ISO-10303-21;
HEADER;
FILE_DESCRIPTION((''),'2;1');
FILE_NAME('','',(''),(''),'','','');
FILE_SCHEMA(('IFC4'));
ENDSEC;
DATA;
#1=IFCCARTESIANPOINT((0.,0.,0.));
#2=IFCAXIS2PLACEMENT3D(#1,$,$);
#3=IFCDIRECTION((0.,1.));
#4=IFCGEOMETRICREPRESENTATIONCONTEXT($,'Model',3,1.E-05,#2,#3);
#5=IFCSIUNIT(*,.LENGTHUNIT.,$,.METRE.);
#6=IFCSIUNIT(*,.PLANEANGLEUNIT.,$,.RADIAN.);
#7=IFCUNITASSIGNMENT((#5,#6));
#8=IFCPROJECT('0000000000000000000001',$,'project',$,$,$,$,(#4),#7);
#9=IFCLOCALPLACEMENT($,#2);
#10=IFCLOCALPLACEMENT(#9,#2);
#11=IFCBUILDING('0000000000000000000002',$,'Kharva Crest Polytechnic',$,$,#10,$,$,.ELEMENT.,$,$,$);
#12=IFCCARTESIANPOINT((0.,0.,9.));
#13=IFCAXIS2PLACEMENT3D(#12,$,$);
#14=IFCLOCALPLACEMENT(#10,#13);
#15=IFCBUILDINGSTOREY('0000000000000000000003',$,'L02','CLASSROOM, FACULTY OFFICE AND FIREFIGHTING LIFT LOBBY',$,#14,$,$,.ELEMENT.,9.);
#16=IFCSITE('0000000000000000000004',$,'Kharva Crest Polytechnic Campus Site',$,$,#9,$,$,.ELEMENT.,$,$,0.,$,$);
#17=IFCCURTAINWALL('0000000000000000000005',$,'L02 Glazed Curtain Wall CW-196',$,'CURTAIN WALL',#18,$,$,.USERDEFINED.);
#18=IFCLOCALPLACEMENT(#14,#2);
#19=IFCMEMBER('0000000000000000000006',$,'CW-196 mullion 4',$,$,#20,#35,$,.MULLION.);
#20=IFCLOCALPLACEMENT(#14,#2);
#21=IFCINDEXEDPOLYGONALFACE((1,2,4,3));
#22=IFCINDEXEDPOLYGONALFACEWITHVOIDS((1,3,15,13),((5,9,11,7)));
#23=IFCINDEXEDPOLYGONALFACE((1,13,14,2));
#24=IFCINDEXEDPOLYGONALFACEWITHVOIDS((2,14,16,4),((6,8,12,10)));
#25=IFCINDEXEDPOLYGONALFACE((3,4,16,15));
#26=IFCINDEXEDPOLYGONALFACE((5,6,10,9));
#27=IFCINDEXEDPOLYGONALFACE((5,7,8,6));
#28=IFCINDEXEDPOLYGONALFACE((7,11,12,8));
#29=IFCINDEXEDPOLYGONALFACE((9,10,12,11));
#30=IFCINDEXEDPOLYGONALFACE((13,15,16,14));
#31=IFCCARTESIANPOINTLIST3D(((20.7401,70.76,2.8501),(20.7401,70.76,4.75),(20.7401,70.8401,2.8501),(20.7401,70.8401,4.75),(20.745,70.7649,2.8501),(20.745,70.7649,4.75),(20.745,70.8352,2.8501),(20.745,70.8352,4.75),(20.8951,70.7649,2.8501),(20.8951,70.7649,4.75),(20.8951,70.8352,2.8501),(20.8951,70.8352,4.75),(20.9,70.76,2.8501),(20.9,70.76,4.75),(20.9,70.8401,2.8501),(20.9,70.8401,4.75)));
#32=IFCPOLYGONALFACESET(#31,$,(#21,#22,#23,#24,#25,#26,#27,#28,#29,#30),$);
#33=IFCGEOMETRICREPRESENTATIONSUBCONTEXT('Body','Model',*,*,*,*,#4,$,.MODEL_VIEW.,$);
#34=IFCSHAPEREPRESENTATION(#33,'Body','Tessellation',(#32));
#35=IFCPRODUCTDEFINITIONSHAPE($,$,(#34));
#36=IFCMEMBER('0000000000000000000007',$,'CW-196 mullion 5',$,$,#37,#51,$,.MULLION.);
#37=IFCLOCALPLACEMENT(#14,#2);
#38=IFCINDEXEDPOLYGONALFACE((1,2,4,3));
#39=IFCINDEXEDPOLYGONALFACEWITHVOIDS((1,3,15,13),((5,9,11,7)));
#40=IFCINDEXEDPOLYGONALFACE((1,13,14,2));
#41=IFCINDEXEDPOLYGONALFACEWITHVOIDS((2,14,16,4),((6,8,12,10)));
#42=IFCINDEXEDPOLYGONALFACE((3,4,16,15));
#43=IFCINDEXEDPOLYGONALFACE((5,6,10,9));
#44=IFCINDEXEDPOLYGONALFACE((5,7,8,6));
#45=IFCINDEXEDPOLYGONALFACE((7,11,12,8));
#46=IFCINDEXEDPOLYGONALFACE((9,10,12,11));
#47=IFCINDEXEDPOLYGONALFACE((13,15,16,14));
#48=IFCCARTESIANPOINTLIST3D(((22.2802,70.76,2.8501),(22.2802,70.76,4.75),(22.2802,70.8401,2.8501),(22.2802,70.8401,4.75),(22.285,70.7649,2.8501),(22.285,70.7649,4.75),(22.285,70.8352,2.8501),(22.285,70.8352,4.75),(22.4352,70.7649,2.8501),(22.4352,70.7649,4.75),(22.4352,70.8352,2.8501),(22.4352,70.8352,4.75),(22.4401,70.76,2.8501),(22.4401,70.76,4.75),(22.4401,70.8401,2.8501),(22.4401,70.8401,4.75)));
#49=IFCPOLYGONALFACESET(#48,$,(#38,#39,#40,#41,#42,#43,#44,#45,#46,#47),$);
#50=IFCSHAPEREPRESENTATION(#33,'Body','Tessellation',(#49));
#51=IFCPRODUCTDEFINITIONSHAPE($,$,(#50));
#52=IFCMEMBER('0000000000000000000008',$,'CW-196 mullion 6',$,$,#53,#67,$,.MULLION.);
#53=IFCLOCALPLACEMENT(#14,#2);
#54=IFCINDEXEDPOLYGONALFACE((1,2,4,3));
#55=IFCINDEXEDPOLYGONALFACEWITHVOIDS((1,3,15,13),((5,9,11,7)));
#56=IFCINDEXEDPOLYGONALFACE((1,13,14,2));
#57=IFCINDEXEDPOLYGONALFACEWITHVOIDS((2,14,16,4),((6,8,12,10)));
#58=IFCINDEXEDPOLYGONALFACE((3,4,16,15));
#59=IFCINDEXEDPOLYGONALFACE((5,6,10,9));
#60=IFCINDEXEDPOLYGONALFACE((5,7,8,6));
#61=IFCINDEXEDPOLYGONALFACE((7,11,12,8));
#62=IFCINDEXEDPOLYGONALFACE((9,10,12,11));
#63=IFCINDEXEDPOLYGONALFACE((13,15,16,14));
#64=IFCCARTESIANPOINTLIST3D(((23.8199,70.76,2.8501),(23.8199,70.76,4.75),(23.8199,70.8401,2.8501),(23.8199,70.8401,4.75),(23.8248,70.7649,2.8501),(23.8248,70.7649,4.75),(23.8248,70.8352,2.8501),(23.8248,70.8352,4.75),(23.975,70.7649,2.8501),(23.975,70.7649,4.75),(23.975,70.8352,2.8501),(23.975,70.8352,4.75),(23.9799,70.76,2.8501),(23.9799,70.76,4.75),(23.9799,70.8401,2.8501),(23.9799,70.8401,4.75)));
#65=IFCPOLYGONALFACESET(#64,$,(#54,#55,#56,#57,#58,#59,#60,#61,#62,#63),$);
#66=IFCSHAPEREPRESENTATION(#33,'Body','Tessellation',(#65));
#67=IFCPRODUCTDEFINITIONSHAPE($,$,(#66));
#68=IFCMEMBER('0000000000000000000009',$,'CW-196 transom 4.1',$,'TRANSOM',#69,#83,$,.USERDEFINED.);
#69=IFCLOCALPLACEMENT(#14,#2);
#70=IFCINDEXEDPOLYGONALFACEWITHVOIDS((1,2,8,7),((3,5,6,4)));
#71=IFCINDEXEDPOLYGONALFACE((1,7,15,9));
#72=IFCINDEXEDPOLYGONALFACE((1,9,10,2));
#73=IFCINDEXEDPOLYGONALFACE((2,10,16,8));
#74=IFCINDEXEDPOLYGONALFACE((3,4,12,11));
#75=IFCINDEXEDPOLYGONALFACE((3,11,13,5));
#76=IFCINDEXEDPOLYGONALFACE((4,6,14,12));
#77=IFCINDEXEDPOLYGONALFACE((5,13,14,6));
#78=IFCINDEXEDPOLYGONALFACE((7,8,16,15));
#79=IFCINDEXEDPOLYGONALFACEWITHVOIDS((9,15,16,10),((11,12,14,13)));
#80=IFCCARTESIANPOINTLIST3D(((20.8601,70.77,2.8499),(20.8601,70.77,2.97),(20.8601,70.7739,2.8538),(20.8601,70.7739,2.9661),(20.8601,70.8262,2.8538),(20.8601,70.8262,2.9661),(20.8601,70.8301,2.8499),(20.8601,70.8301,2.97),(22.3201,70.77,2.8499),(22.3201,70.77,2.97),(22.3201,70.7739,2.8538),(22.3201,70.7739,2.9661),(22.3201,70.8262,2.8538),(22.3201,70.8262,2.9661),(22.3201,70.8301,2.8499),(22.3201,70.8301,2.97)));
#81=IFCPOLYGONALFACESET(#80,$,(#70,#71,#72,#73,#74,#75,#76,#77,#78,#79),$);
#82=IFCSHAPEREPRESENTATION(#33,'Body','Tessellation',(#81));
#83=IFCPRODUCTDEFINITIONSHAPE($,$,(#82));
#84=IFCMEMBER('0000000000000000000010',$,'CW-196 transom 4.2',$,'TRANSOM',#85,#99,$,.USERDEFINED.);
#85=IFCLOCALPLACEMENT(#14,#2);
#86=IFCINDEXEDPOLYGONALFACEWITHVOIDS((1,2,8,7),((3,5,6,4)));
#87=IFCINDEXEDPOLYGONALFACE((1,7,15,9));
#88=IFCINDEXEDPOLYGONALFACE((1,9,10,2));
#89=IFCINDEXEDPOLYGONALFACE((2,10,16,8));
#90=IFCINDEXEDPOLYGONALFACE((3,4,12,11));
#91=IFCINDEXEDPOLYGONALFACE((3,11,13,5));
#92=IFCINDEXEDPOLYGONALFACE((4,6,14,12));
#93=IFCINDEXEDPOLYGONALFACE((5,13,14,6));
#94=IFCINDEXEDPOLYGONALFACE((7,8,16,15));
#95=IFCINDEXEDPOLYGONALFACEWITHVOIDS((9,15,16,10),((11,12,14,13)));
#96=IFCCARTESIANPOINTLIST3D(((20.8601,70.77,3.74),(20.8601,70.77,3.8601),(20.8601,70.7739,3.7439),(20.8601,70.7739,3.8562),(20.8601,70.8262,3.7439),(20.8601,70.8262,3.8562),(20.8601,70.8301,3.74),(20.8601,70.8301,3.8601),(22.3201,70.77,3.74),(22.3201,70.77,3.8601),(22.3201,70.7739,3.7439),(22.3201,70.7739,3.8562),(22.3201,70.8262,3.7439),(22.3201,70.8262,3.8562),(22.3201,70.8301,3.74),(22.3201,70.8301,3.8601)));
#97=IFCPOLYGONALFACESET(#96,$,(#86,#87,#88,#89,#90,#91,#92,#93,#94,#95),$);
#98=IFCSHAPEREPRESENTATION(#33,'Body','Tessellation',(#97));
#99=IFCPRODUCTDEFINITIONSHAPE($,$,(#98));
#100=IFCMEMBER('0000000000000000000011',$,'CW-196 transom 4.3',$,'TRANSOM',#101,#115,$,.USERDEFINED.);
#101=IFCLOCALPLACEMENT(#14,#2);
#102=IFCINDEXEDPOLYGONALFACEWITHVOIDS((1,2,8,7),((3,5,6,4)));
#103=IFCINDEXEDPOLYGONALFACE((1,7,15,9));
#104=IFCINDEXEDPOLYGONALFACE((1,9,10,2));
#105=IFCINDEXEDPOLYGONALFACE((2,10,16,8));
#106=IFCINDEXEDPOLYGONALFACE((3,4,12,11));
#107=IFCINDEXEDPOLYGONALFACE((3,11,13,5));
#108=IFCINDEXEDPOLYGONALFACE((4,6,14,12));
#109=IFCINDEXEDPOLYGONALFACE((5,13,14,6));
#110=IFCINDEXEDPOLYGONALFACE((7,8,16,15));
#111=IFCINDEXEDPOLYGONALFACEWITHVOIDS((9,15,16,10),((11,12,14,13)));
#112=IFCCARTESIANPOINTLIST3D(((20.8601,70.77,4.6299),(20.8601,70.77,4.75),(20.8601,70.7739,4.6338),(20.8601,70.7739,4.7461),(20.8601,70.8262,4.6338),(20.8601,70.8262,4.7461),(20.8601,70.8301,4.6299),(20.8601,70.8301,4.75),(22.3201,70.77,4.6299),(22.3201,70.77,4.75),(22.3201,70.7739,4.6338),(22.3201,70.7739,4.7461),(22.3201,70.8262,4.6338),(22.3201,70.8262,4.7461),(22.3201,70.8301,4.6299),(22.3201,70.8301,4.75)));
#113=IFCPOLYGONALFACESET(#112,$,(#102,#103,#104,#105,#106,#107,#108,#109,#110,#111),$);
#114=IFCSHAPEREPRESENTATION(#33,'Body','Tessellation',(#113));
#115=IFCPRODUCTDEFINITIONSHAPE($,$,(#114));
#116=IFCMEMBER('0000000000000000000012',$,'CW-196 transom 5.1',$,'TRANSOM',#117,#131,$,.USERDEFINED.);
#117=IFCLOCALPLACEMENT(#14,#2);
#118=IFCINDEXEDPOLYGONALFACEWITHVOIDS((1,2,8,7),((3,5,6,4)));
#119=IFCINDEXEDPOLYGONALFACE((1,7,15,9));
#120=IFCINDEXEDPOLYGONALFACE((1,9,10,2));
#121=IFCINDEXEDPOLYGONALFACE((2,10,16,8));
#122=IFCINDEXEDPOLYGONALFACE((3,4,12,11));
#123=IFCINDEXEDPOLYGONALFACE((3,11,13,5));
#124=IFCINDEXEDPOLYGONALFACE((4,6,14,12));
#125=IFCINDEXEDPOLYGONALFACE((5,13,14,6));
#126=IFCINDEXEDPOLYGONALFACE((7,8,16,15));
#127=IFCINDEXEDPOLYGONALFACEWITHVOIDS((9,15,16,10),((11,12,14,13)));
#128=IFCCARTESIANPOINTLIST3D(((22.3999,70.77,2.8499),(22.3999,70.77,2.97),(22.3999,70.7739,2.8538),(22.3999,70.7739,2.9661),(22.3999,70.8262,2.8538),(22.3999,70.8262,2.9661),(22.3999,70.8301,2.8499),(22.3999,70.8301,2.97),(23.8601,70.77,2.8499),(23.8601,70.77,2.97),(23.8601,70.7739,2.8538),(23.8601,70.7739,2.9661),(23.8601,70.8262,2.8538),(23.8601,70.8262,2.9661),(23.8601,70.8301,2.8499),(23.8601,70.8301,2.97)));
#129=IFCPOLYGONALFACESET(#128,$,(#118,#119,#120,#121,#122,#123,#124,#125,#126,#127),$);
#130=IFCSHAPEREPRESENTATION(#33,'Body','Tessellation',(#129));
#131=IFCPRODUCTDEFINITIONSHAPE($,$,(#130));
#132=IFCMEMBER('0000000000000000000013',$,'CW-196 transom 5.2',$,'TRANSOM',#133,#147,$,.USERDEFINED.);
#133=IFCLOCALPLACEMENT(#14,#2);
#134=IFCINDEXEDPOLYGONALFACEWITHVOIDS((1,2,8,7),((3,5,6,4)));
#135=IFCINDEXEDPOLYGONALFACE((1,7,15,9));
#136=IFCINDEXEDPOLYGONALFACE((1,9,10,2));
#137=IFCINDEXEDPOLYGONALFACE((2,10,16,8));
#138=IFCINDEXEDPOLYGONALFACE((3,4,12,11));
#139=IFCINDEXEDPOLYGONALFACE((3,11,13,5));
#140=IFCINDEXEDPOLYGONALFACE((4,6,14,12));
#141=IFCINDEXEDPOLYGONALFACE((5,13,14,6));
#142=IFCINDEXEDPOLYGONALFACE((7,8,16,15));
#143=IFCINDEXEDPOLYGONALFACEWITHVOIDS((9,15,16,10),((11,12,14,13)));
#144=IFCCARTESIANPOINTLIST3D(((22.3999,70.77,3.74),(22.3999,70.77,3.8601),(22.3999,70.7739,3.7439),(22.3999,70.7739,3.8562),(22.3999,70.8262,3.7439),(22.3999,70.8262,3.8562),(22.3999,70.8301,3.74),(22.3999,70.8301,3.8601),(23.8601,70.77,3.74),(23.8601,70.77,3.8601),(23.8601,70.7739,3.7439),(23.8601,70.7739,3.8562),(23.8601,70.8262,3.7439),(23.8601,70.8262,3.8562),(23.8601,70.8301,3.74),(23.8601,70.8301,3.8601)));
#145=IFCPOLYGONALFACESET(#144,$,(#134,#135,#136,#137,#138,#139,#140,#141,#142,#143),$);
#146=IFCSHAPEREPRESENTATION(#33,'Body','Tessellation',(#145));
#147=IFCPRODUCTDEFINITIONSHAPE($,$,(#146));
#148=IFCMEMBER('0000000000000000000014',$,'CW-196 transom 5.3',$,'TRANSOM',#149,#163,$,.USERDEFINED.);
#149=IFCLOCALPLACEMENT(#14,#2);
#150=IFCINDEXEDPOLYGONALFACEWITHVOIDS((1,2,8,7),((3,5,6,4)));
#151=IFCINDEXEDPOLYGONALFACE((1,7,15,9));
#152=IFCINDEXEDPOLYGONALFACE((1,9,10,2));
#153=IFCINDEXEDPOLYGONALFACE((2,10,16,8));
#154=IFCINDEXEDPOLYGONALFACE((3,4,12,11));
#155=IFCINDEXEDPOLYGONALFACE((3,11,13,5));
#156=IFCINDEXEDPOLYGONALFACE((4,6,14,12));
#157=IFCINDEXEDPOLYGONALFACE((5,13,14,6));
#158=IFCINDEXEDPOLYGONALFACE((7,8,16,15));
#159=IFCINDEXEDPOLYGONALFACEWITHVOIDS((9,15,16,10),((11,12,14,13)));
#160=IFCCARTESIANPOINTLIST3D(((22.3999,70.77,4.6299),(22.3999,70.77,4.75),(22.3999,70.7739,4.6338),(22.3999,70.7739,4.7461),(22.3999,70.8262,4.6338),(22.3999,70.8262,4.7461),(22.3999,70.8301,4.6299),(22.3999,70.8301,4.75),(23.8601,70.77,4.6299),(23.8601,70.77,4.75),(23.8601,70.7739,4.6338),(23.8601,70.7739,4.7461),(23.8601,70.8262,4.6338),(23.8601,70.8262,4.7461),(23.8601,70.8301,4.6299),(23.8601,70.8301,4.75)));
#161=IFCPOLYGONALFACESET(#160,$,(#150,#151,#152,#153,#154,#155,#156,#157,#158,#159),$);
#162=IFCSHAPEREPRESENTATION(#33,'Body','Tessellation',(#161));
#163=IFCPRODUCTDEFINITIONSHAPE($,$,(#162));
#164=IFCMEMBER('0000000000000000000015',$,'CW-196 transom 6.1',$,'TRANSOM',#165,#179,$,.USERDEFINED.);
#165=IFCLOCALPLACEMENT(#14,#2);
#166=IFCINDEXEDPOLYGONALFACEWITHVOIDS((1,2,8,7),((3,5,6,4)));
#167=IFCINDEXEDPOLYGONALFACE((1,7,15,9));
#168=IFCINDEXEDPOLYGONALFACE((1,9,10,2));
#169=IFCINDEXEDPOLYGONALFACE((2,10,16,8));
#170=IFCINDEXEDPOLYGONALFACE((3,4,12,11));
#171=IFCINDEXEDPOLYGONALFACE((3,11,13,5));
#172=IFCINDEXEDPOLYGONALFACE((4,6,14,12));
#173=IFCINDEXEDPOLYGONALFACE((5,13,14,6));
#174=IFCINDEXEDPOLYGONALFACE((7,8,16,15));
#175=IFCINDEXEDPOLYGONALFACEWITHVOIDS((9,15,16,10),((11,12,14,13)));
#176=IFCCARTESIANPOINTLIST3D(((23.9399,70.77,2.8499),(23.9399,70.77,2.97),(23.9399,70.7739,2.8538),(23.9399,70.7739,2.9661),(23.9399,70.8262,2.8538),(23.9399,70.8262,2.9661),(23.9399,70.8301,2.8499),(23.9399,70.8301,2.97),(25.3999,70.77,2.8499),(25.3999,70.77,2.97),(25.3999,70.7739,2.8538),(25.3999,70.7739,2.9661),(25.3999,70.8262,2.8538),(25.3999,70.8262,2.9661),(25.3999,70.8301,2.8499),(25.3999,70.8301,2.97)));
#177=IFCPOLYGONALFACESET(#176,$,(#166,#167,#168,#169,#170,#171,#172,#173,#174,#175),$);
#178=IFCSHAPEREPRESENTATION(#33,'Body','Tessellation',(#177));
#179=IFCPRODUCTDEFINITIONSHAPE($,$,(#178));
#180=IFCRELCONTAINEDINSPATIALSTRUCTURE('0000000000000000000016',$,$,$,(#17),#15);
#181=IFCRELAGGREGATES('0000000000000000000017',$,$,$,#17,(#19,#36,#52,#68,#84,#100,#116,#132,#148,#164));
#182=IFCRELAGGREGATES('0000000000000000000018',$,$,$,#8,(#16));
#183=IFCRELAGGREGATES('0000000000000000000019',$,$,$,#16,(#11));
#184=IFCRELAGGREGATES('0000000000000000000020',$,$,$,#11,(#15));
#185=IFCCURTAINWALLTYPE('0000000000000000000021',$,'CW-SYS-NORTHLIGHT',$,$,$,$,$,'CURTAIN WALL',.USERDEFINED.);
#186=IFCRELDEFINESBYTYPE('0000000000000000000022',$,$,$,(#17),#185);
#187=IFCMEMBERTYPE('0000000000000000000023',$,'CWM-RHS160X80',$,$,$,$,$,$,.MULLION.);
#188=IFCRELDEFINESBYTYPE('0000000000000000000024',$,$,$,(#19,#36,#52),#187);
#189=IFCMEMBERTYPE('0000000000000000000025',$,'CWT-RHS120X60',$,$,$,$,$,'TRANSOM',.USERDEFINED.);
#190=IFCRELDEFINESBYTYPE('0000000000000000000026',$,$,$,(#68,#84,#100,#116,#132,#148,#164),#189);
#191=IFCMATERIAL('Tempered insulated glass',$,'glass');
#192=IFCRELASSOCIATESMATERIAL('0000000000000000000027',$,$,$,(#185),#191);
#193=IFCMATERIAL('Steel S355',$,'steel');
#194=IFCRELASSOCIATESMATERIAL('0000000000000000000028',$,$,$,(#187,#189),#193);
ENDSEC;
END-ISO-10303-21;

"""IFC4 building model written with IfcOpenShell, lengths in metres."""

from ifc_helpers import new_model, si_unit, direction, frame, origin, origin_2d, place, context, subcontext, project, spatial, hollow_rectangle, extrude, material, material_profile, profile_set, type_object, element, aggregate, save


model = new_model("IFC4")

# Units and contexts
model_context = context("Model", 3, precision=1e-05, world=origin(), true_north=direction((0.0, 1.0)))
body_context = subcontext(model_context, "Body", "Model", "MODEL_VIEW")
ifc_project = project(units=[si_unit("LENGTHUNIT", "METRE"), si_unit("PLANEANGLEUNIT", "RADIAN")], contexts=[model_context])

# Site, building, storey
site_placement = place(None, origin())
site = spatial("IfcSite", under=ifc_project, at=site_placement, Name="Kharva Crest Polytechnic Campus Site", CompositionType="ELEMENT", RefElevation=0.0)
building_placement = place(site_placement, origin())
building = spatial("IfcBuilding", under=site, at=building_placement, Name="Kharva Crest Polytechnic", CompositionType="ELEMENT")
storey_placement = place(building_placement, frame((0.0, 0.0, 9.0)))
storey = spatial("IfcBuildingStorey", under=building, at=storey_placement, Name="L02", Description="CLASSROOM, FACULTY OFFICE AND FIREFIGHTING LIFT LOBBY", CompositionType="ELEMENT", Elevation=9.0)

# Curtain wall, members
ifc_material_1 = material(Name="Tempered insulated glass", Category="glass")
curtain_wall_type = type_object("IfcCurtainWallType", Name="CW-SYS-NORTHLIGHT", ElementType="CURTAIN WALL", PredefinedType="USERDEFINED", material=ifc_material_1)
curtain_wall_placement = place(storey_placement, origin())
curtain_wall = element("IfcCurtainWall", 1, at=curtain_wall_placement, inside=storey, type_object=curtain_wall_type, Name="L02 Glazed Curtain Wall CW-196", ObjectType="CURTAIN WALL", PredefinedType="USERDEFINED")
ifc_material_2 = material(Name="Steel S355", Category="steel")
ifc_material_profile_1 = material_profile(ifc_material_2, hollow_rectangle(XDim=0.0801, YDim=0.1599, WallThickness=0.0049, at=origin_2d()), Name="RHS 160X80X5.0")
ifc_profile_set_1 = profile_set([ifc_material_profile_1], Name="Steel S355")
member_type_1 = type_object("IfcMemberType", Name="CWM-RHS160X80", PredefinedType="MULLION", material=ifc_profile_set_1)
member_1_placement = place(storey_placement, frame((20.8201, 70.8, 2.8501), z_axis=(0.0, 0.0, 1.0), x_axis=(0.0, 1.0, 0.0)))
member_1 = element("IfcMember", 2, at=member_1_placement, type_object=member_type_1, Name="CW-196 mullion 4", PredefinedType="MULLION", context=body_context, shape_type="SweptSolid", body=[
    extrude(hollow_rectangle(XDim=0.0801, YDim=0.1599, WallThickness=0.0049, at=origin_2d()), origin(), (0.0, 0.0, 1.0), 1.8999),
])
member_2_placement = place(storey_placement, frame((22.3601, 70.8, 2.8501), z_axis=(0.0, 0.0, 1.0), x_axis=(0.0, 1.0, 0.0)))
member_2 = element("IfcMember", 3, at=member_2_placement, type_object=member_type_1, Name="CW-196 mullion 5", PredefinedType="MULLION", context=body_context, shape_type="SweptSolid", body=[
    extrude(hollow_rectangle(XDim=0.0801, YDim=0.1599, WallThickness=0.0049, at=origin_2d()), origin(), (0.0, 0.0, 1.0), 1.8999),
])
member_3_placement = place(storey_placement, frame((23.8999, 70.8, 2.8501), z_axis=(0.0, 0.0, 1.0), x_axis=(0.0, 1.0, 0.0)))
member_3 = element("IfcMember", 4, at=member_3_placement, type_object=member_type_1, Name="CW-196 mullion 6", PredefinedType="MULLION", context=body_context, shape_type="SweptSolid", body=[
    extrude(hollow_rectangle(XDim=0.0801, YDim=0.1599, WallThickness=0.0049, at=origin_2d()), origin(), (0.0, 0.0, 1.0), 1.8999),
])
ifc_material_profile_2 = material_profile(ifc_material_2, hollow_rectangle(XDim=0.0601, YDim=0.1201, WallThickness=0.0039, at=origin_2d()), Name="RHS 120X60X4.0")
ifc_profile_set_2 = profile_set([ifc_material_profile_2], Name="Steel S355")
member_type_2 = type_object("IfcMemberType", Name="CWT-RHS120X60", ElementType="TRANSOM", PredefinedType="USERDEFINED", material=ifc_profile_set_2)
member_4_placement = place(storey_placement, frame((20.8601, 70.8, 2.9099), z_axis=(1.0, 0.0, 0.0), x_axis=(0.0, 1.0, 0.0)))
member_4 = element("IfcMember", 5, at=member_4_placement, type_object=member_type_2, Name="CW-196 transom 4.1", ObjectType="TRANSOM", PredefinedType="USERDEFINED", context=body_context, shape_type="SweptSolid", body=[
    extrude(hollow_rectangle(XDim=0.0601, YDim=0.1201, WallThickness=0.0039, at=origin_2d()), origin(), (0.0, 0.0, 1.0), 1.46),
])
member_5_placement = place(storey_placement, frame((20.8601, 70.8, 3.8), z_axis=(1.0, 0.0, 0.0), x_axis=(0.0, 1.0, 0.0)))
member_5 = element("IfcMember", 6, at=member_5_placement, type_object=member_type_2, Name="CW-196 transom 4.2", ObjectType="TRANSOM", PredefinedType="USERDEFINED", context=body_context, shape_type="SweptSolid", body=[
    extrude(hollow_rectangle(XDim=0.0601, YDim=0.1201, WallThickness=0.0039, at=origin_2d()), origin(), (0.0, 0.0, 1.0), 1.46),
])
member_6_placement = place(storey_placement, frame((20.8601, 70.8, 4.6899), z_axis=(1.0, 0.0, 0.0), x_axis=(0.0, 1.0, 0.0)))
member_6 = element("IfcMember", 7, at=member_6_placement, type_object=member_type_2, Name="CW-196 transom 4.3", ObjectType="TRANSOM", PredefinedType="USERDEFINED", context=body_context, shape_type="SweptSolid", body=[
    extrude(hollow_rectangle(XDim=0.0601, YDim=0.1201, WallThickness=0.0039, at=origin_2d()), origin(), (0.0, 0.0, 1.0), 1.46),
])
member_7_placement = place(storey_placement, frame((22.3999, 70.8, 2.9099), z_axis=(1.0, 0.0, 0.0), x_axis=(0.0, 1.0, 0.0)))
member_7 = element("IfcMember", 8, at=member_7_placement, type_object=member_type_2, Name="CW-196 transom 5.1", ObjectType="TRANSOM", PredefinedType="USERDEFINED", context=body_context, shape_type="SweptSolid", body=[
    extrude(hollow_rectangle(XDim=0.0601, YDim=0.1201, WallThickness=0.0039, at=origin_2d()), origin(), (0.0, 0.0, 1.0), 1.4602),
])
member_8_placement = place(storey_placement, frame((22.3999, 70.8, 3.8), z_axis=(1.0, 0.0, 0.0), x_axis=(0.0, 1.0, 0.0)))
member_8 = element("IfcMember", 9, at=member_8_placement, type_object=member_type_2, Name="CW-196 transom 5.2", ObjectType="TRANSOM", PredefinedType="USERDEFINED", context=body_context, shape_type="SweptSolid", body=[
    extrude(hollow_rectangle(XDim=0.0601, YDim=0.1201, WallThickness=0.0039, at=origin_2d()), origin(), (0.0, 0.0, 1.0), 1.4602),
])
member_9_placement = place(storey_placement, frame((22.3999, 70.8, 4.6899), z_axis=(1.0, 0.0, 0.0), x_axis=(0.0, 1.0, 0.0)))
member_9 = element("IfcMember", 10, at=member_9_placement, type_object=member_type_2, Name="CW-196 transom 5.3", ObjectType="TRANSOM", PredefinedType="USERDEFINED", context=body_context, shape_type="SweptSolid", body=[
    extrude(hollow_rectangle(XDim=0.0601, YDim=0.1201, WallThickness=0.0039, at=origin_2d()), origin(), (0.0, 0.0, 1.0), 1.4602),
])
member_10_placement = place(storey_placement, frame((23.9399, 70.8, 2.9099), z_axis=(1.0, 0.0, 0.0), x_axis=(0.0, 1.0, 0.0)))
member_10 = element("IfcMember", 11, at=member_10_placement, type_object=member_type_2, Name="CW-196 transom 6.1", ObjectType="TRANSOM", PredefinedType="USERDEFINED", context=body_context, shape_type="SweptSolid", body=[
    extrude(hollow_rectangle(XDim=0.0601, YDim=0.1201, WallThickness=0.0039, at=origin_2d()), origin(), (0.0, 0.0, 1.0), 1.46),
])

aggregate(curtain_wall, [member_1, member_2, member_3, member_4, member_5, member_6, member_7, member_8, member_9, member_10])

save(model, "model.ifc")
